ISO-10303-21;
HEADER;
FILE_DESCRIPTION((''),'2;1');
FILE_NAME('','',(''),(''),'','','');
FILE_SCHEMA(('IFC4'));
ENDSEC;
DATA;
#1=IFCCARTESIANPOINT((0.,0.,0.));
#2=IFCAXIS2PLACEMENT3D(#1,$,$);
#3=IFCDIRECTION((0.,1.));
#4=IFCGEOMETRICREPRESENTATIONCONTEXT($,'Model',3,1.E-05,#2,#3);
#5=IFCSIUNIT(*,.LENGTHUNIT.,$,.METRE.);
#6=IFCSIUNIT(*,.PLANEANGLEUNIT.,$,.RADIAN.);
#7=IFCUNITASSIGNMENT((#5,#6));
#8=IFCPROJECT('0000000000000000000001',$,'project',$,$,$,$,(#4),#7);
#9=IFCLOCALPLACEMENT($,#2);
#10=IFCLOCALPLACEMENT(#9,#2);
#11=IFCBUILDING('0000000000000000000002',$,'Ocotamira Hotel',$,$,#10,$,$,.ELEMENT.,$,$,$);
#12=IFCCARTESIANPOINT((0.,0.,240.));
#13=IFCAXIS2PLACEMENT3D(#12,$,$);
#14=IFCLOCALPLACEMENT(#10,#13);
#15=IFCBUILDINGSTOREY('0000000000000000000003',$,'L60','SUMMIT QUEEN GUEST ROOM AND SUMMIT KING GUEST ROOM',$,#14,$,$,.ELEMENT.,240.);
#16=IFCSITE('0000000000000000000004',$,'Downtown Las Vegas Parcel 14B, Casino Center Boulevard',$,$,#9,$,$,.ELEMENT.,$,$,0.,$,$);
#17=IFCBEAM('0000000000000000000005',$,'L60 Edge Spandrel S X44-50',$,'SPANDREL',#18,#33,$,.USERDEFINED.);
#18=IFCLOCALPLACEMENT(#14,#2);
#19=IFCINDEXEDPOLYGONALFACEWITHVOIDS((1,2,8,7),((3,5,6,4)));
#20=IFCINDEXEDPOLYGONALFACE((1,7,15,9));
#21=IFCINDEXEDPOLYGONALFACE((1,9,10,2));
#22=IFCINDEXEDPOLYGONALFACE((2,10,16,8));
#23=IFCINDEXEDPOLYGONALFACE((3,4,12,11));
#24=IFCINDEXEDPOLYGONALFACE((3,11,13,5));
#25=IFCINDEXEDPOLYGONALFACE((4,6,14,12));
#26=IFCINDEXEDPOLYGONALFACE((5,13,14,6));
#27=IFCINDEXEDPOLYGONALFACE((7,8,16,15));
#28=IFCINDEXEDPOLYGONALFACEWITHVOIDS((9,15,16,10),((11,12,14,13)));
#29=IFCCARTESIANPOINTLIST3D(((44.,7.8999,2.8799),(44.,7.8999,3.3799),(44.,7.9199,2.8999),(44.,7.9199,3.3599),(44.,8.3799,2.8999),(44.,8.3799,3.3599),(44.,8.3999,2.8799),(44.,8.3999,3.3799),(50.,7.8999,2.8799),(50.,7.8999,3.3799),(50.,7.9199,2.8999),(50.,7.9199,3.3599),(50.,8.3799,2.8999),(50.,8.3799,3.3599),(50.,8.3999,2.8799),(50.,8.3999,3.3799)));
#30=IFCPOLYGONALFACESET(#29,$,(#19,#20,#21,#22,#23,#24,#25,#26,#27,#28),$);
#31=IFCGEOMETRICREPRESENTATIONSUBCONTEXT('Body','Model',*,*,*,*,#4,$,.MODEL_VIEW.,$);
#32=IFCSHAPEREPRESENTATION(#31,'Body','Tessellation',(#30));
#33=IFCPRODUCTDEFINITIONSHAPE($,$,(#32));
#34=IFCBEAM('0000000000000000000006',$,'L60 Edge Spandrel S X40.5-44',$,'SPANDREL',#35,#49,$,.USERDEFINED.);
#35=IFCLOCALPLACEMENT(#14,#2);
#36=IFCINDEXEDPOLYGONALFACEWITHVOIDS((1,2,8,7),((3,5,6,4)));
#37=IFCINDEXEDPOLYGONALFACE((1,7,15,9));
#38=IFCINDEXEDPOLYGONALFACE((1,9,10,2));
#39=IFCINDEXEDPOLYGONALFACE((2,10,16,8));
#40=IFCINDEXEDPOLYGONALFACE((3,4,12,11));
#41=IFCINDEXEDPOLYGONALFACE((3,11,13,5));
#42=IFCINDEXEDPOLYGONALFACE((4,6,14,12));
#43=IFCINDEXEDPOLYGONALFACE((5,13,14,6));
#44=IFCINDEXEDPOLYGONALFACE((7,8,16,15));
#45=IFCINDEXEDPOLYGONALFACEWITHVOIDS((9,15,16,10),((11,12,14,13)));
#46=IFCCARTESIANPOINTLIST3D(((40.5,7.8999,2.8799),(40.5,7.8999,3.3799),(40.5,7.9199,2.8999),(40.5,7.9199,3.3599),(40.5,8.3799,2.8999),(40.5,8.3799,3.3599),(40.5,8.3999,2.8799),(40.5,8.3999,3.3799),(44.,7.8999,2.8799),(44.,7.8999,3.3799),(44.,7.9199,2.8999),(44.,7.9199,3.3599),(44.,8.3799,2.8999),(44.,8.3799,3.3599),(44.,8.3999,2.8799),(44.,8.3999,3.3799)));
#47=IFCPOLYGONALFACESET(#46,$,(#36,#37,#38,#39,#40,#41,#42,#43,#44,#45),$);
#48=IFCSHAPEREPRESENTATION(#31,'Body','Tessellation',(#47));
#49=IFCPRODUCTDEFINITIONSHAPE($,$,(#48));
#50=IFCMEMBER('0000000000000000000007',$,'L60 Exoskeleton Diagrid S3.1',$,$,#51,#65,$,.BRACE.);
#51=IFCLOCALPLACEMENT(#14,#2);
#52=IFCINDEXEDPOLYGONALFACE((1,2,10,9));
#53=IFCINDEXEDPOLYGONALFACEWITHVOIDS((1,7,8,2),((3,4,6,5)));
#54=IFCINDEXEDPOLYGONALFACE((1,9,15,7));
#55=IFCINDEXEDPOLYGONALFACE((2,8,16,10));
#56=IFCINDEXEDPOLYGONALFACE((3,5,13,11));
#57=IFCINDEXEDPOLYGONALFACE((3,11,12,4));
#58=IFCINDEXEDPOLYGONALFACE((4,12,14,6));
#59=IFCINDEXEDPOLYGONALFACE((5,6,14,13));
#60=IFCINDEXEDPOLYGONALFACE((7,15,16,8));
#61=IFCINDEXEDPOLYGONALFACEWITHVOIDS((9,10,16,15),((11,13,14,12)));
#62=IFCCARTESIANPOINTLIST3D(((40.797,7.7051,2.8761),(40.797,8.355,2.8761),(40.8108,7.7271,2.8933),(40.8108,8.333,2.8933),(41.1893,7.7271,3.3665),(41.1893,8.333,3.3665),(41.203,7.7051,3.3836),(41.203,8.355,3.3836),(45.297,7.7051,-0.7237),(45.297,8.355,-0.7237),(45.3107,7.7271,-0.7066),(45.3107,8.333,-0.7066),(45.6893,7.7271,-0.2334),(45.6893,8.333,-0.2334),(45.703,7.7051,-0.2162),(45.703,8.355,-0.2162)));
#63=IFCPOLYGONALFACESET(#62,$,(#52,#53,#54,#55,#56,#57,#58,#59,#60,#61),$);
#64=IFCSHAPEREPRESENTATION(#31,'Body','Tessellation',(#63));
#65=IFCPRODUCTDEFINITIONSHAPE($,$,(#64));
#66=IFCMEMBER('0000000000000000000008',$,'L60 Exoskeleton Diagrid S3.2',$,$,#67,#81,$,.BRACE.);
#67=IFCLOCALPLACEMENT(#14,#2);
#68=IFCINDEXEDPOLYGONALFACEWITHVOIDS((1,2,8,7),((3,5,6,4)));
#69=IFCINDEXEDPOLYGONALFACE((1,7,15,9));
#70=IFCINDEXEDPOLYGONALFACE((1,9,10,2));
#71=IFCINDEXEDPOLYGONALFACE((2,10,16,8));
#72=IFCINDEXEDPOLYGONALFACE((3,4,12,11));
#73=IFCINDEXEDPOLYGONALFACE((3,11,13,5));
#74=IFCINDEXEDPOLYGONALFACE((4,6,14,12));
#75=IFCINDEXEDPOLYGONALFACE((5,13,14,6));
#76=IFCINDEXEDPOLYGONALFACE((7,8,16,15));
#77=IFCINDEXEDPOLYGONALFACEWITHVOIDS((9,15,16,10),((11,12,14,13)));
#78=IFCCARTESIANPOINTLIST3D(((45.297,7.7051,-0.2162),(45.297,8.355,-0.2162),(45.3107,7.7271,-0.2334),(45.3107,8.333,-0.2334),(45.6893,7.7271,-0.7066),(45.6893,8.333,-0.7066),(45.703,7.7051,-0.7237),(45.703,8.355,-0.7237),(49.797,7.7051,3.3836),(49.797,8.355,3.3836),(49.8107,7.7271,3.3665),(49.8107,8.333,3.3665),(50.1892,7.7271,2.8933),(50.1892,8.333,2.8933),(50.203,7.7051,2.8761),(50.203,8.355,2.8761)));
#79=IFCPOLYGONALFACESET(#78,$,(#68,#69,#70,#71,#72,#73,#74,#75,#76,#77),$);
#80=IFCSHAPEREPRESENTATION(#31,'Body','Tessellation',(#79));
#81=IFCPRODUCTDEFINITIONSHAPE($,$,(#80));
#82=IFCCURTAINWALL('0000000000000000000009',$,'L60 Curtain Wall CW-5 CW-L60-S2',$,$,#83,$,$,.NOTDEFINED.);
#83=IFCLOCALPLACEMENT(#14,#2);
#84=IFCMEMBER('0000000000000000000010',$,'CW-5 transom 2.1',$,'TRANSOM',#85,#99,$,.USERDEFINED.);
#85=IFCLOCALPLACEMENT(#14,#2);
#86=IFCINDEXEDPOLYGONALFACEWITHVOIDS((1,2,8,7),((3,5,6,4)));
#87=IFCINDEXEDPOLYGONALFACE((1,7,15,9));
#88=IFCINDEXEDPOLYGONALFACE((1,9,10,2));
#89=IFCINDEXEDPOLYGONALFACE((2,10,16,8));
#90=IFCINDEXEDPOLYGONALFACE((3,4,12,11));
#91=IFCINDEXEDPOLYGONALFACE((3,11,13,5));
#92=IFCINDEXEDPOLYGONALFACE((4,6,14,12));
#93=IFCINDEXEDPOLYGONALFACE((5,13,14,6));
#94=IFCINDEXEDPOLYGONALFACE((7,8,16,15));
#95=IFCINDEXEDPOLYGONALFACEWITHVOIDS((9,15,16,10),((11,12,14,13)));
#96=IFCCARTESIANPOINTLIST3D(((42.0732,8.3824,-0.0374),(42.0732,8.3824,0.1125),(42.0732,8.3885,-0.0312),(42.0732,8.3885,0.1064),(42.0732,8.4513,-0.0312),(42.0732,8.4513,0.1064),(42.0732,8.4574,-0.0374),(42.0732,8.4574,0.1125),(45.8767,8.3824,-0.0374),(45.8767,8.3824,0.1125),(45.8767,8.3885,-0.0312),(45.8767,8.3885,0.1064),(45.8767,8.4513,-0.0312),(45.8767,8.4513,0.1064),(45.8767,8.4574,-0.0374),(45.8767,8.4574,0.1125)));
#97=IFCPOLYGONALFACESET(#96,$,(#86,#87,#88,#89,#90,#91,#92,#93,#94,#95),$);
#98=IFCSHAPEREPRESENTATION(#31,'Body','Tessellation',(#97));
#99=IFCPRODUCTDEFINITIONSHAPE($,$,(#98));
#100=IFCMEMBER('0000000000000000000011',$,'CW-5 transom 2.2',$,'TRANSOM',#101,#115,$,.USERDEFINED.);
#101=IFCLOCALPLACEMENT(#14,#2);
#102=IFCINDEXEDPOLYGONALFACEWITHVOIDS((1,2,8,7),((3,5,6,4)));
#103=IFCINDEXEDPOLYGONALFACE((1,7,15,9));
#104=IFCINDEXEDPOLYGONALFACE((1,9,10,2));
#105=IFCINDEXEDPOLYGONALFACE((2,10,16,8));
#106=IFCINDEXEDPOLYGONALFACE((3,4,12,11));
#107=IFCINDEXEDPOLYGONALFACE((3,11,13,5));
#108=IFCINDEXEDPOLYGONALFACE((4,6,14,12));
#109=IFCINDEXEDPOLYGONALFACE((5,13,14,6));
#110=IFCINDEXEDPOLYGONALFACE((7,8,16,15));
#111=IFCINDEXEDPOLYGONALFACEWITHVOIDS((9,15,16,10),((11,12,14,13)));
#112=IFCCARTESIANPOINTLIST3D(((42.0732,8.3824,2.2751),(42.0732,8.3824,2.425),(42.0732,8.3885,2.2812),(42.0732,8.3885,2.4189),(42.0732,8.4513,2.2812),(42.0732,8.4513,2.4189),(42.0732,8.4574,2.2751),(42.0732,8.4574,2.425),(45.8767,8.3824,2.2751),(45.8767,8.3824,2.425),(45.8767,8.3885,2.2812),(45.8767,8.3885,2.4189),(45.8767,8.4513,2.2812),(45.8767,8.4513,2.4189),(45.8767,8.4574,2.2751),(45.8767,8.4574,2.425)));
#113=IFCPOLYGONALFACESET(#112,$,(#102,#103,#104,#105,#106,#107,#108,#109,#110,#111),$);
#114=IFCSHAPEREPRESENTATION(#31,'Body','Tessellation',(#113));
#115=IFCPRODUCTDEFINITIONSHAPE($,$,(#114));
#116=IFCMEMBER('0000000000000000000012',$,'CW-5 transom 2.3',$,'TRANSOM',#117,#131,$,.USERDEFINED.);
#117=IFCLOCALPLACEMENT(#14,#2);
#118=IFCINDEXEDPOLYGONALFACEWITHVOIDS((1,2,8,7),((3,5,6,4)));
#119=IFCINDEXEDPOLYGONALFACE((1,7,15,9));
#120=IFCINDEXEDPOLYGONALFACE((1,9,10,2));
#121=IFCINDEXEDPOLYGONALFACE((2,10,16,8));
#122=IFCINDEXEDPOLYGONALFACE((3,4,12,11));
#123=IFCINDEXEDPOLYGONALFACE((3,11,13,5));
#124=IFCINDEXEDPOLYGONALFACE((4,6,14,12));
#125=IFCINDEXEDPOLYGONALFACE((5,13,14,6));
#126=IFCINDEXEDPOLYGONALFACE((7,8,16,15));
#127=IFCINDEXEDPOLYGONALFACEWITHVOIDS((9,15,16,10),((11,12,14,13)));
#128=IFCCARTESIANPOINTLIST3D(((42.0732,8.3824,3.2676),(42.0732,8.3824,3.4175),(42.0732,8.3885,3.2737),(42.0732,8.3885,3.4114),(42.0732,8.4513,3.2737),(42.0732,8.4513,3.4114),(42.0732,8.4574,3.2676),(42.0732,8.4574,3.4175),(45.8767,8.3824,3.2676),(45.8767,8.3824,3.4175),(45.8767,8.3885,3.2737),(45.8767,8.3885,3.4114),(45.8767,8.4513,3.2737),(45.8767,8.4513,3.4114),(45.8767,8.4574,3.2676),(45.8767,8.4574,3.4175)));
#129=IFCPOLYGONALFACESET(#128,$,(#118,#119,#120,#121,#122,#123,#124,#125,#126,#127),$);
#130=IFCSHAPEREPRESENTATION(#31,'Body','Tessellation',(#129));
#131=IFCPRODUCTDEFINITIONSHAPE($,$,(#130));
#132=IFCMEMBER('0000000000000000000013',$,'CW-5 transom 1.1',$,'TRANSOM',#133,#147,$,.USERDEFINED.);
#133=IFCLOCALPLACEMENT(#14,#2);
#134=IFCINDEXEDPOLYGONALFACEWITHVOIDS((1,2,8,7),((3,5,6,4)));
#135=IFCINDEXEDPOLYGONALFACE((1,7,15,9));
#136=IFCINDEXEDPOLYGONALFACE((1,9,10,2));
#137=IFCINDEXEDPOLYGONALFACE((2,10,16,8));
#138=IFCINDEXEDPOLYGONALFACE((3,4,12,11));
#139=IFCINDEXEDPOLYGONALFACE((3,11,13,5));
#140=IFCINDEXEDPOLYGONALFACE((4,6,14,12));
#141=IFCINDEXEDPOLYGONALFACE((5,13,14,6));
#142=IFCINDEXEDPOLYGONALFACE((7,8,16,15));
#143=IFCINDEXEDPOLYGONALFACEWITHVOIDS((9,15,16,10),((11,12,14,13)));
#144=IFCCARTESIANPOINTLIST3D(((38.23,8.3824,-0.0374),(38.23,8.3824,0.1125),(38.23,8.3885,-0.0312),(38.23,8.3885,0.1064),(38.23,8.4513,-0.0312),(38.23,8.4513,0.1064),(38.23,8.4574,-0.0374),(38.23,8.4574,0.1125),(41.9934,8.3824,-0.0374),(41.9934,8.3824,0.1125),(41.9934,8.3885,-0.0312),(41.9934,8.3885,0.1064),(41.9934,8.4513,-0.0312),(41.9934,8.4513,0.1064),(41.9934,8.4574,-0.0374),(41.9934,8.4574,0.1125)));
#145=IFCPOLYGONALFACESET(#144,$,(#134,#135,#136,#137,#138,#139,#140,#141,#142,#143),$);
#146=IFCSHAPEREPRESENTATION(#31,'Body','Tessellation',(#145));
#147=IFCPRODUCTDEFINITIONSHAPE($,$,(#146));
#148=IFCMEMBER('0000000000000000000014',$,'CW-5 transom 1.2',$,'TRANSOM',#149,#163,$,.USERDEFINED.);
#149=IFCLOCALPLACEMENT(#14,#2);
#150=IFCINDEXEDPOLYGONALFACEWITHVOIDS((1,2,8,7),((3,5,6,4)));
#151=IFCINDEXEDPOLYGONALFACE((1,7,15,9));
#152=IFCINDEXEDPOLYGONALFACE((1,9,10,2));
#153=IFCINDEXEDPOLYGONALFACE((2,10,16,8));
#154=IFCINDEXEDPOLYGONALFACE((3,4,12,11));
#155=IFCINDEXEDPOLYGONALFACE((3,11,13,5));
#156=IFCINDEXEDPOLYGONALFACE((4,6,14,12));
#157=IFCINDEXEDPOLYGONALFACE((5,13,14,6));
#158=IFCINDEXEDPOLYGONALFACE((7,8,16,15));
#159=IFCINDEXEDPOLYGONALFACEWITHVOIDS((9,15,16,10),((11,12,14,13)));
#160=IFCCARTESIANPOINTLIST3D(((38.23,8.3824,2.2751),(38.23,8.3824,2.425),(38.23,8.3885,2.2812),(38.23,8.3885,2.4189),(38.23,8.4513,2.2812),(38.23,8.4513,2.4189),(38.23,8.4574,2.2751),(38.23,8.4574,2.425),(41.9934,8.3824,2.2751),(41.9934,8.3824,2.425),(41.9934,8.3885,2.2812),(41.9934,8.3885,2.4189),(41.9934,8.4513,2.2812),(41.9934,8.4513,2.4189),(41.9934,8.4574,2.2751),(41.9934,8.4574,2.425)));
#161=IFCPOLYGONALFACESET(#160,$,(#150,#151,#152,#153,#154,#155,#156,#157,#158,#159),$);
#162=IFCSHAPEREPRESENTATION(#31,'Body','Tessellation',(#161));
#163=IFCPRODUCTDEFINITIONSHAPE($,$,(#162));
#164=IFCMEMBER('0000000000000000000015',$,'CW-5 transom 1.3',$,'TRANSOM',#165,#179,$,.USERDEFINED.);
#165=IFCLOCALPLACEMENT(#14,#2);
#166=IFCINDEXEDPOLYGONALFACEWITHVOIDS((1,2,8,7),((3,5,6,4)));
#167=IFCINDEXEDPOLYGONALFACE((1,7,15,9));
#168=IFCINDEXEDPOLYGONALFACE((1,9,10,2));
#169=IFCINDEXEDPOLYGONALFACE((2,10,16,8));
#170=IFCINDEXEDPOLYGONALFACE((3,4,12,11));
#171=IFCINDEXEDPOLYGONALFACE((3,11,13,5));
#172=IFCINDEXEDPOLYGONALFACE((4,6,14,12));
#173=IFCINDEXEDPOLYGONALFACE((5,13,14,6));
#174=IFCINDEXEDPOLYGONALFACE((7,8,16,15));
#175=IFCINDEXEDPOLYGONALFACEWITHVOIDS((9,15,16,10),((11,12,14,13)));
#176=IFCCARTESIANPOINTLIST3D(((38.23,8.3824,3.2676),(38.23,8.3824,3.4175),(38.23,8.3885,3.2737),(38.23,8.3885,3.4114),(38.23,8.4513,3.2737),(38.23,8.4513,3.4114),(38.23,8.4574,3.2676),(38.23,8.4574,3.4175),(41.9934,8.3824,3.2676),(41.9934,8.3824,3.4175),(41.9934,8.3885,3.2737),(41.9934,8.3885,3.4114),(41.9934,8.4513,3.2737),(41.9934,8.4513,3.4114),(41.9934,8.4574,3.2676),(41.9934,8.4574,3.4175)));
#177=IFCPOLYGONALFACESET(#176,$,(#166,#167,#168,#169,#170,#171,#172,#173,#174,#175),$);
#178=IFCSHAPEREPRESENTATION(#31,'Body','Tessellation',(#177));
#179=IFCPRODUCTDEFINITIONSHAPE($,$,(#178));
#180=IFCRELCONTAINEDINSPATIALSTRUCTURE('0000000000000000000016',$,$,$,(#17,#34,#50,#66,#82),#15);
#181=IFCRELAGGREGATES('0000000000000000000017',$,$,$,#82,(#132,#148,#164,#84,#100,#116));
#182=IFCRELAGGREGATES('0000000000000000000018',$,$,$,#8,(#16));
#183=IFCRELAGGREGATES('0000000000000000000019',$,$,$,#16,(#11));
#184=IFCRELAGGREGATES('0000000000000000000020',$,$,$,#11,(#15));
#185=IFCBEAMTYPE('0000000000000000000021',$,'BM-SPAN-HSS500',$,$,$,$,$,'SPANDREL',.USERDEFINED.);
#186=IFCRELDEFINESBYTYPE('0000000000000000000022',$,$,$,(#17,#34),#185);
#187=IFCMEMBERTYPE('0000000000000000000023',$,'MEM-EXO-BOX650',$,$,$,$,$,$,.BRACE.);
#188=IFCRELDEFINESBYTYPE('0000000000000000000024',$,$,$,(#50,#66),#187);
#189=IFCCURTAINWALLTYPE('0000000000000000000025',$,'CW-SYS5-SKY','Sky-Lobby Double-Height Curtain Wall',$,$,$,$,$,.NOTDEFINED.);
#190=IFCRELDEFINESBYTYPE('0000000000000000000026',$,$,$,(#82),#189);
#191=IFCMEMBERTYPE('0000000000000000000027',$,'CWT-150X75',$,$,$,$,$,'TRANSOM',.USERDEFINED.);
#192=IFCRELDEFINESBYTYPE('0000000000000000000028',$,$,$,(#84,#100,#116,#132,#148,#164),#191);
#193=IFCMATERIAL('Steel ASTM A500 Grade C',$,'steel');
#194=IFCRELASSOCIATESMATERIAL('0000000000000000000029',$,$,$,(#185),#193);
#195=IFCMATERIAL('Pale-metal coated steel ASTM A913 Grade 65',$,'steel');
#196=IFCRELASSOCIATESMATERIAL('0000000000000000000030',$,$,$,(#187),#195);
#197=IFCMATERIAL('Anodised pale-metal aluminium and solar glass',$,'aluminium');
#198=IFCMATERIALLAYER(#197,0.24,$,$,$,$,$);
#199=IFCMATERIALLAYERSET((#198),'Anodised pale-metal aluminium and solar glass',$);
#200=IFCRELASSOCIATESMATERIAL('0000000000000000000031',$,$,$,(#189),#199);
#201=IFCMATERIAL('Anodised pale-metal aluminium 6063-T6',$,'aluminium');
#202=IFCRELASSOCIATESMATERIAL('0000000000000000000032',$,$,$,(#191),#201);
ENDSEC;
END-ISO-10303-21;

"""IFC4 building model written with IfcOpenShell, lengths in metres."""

from ifc_helpers import new_model, si_unit, direction, frame, origin, origin_2d, place, context, subcontext, project, spatial, hollow_rectangle, extrude, source, transform, mapped, material, layer, layer_set, material_profile, profile_set, type_object, element, aggregate, save


model = new_model("IFC4")

# Units and contexts
model_context = context("Model", 3, precision=1e-05, world=origin(), true_north=direction((0.0, 1.0)))
body_context = subcontext(model_context, "Body", "Model", "MODEL_VIEW")
ifc_project = project(units=[si_unit("LENGTHUNIT", "METRE"), si_unit("PLANEANGLEUNIT", "RADIAN")], contexts=[model_context])

# Site, building, storey
site_placement = place(None, origin())
site = spatial("IfcSite", under=ifc_project, at=site_placement, Name="Downtown Las Vegas Parcel 14B, Casino Center Boulevard", CompositionType="ELEMENT", RefElevation=0.0)
building_placement = place(site_placement, origin())
building = spatial("IfcBuilding", under=site, at=building_placement, Name="Ocotamira Hotel", CompositionType="ELEMENT")
storey_placement = place(building_placement, frame((0.0, 0.0, 240.0)))
storey = spatial("IfcBuildingStorey", under=building, at=storey_placement, Name="L60", Description="SUMMIT QUEEN GUEST ROOM AND SUMMIT KING GUEST ROOM", CompositionType="ELEMENT", Elevation=240.0)

# Beams
ifc_material_1 = material(Name="Steel ASTM A500 Grade C", Category="steel")
ifc_material_profile_1 = material_profile(ifc_material_1, hollow_rectangle(XDim=0.5, YDim=0.5, WallThickness=0.02, at=origin_2d()), Name="HSS500X500X20")
ifc_profile_set_1 = profile_set([ifc_material_profile_1], Name="Steel ASTM A500 Grade C")
beam_type = type_object("IfcBeamType", Name="BM-SPAN-HSS500", ElementType="SPANDREL", PredefinedType="USERDEFINED", material=ifc_profile_set_1)
shared_shape_1 = source(origin(), body_context, "Body", "SweptSolid", [
    extrude(hollow_rectangle(XDim=0.5, YDim=0.5, WallThickness=0.02, at=origin_2d()), origin(), (0.0, 0.0, 1.0), 6.0),
])
beam_1_placement = place(storey_placement, frame((44.0, 8.1499, 3.1299), z_axis=(1.0, 0.0, 0.0), x_axis=(0.0, 1.0, 0.0)))
element("IfcBeam", 1, at=beam_1_placement, inside=storey, type_object=beam_type, Name="L60 Edge Spandrel S X44-50", ObjectType="SPANDREL", PredefinedType="USERDEFINED", context=body_context, shape_type="MappedRepresentation", body=[
    mapped(shared_shape_1, transform((0.0, 0.0, 0.0), scale=1.0)),
])
shared_shape_2 = source(origin(), body_context, "Body", "SweptSolid", [
    extrude(hollow_rectangle(XDim=0.5, YDim=0.5, WallThickness=0.02, at=origin_2d()), origin(), (0.0, 0.0, 1.0), 3.5),
])
beam_2_placement = place(storey_placement, frame((40.5, 8.1499, 3.1299), z_axis=(1.0, 0.0, 0.0), x_axis=(0.0, 1.0, 0.0)))
element("IfcBeam", 2, at=beam_2_placement, inside=storey, type_object=beam_type, Name="L60 Edge Spandrel S X40.5-44", ObjectType="SPANDREL", PredefinedType="USERDEFINED", context=body_context, shape_type="MappedRepresentation", body=[
    mapped(shared_shape_2, transform((0.0, 0.0, 0.0), scale=1.0)),
])

# Members
ifc_material_2 = material(Name="Pale-metal coated steel ASTM A913 Grade 65", Category="steel")
ifc_material_profile_2 = material_profile(ifc_material_2, hollow_rectangle(XDim=0.6499, YDim=0.6499, WallThickness=0.022, at=origin_2d()), Name="BOX650X650X22")
ifc_profile_set_2 = profile_set([ifc_material_profile_2], Name="Pale-metal coated steel ASTM A913 Grade 65")
member_type_1 = type_object("IfcMemberType", Name="MEM-EXO-BOX650", PredefinedType="BRACE", material=ifc_profile_set_2)
shared_shape_3 = source(origin(), body_context, "Body", "SweptSolid", [
    extrude(hollow_rectangle(XDim=0.6499, YDim=0.6499, WallThickness=0.022, at=origin_2d()), origin(), (0.0, 0.0, 1.0), 5.7627),
])
for number, where, z_axis, x_axis, name in (
    (3, (45.5, 8.03, -0.47), (-0.780881, 0.0, 0.62468), (0.0, -1.0, 0.0), "L60 Exoskeleton Diagrid S3.1"),
    (4, (45.5, 8.03, -0.47), (0.780881, 0.0, 0.62468), (0.0, 1.0, 0.0), "L60 Exoskeleton Diagrid S3.2"),
):
    element("IfcMember", number, at=place(storey_placement, frame(where, z_axis=z_axis, x_axis=x_axis)), inside=storey, type_object=member_type_1, Name=name, PredefinedType="BRACE", context=body_context, shape_type="MappedRepresentation", body=[
        mapped(shared_shape_3, transform((0.0, 0.0, 0.0), scale=1.0)),
    ])

# Curtain wall, members
ifc_material_3 = material(Name="Anodised pale-metal aluminium and solar glass", Category="aluminium")
ifc_layer_1 = layer(ifc_material_3, 0.24)
ifc_layer_set_1 = layer_set([ifc_layer_1], Name="Anodised pale-metal aluminium and solar glass")
curtain_wall_type = type_object("IfcCurtainWallType", Name="CW-SYS5-SKY", Description="Sky-Lobby Double-Height Curtain Wall", PredefinedType="NOTDEFINED", material=ifc_layer_set_1)
curtain_wall_1_placement = place(storey_placement, origin())
curtain_wall_1 = element("IfcCurtainWall", 5, at=curtain_wall_1_placement, inside=storey, type_object=curtain_wall_type, Name="L60 Curtain Wall CW-5 CW-L60-S2", PredefinedType="NOTDEFINED")
ifc_material_4 = material(Name="Anodised pale-metal aluminium 6063-T6", Category="aluminium")
ifc_material_profile_3 = material_profile(ifc_material_4, hollow_rectangle(XDim=0.075, YDim=0.1499, WallThickness=0.0061, at=origin_2d()), Name="HSS150X75X6")
ifc_profile_set_3 = profile_set([ifc_material_profile_3], Name="Anodised pale-metal aluminium 6063-T6")
member_type_2 = type_object("IfcMemberType", Name="CWT-150X75", ElementType="TRANSOM", PredefinedType="USERDEFINED", material=ifc_profile_set_3)
shared_shape_4 = source(origin(), body_context, "Body", "SweptSolid", [
    extrude(hollow_rectangle(XDim=0.075, YDim=0.1499, WallThickness=0.0061, at=origin_2d()), origin(), (0.0, 0.0, 1.0), 3.8035),
])
member_1_placement = place(storey_placement, frame((42.0732, 8.4199, 0.0376), z_axis=(1.0, 0.0, 0.0), x_axis=(0.0, 1.0, 0.0)))
member_1 = element("IfcMember", 6, at=member_1_placement, type_object=member_type_2, Name="CW-5 transom 2.1", ObjectType="TRANSOM", PredefinedType="USERDEFINED", context=body_context, shape_type="MappedRepresentation", body=[
    mapped(shared_shape_4, transform((0.0, 0.0, 0.0), scale=1.0)),
])
member_2_placement = place(storey_placement, frame((42.0732, 8.4199, 2.3501), z_axis=(1.0, 0.0, 0.0), x_axis=(0.0, 1.0, 0.0)))
member_2 = element("IfcMember", 7, at=member_2_placement, type_object=member_type_2, Name="CW-5 transom 2.2", ObjectType="TRANSOM", PredefinedType="USERDEFINED", context=body_context, shape_type="MappedRepresentation", body=[
    mapped(shared_shape_4, transform((0.0, 0.0, 0.0), scale=1.0)),
])
member_3_placement = place(storey_placement, frame((42.0732, 8.4199, 3.3425), z_axis=(1.0, 0.0, 0.0), x_axis=(0.0, 1.0, 0.0)))
member_3 = element("IfcMember", 8, at=member_3_placement, type_object=member_type_2, Name="CW-5 transom 2.3", ObjectType="TRANSOM", PredefinedType="USERDEFINED", context=body_context, shape_type="MappedRepresentation", body=[
    mapped(shared_shape_4, transform((0.0, 0.0, 0.0), scale=1.0)),
])
shared_shape_5 = source(origin(), body_context, "Body", "SweptSolid", [
    extrude(hollow_rectangle(XDim=0.075, YDim=0.1499, WallThickness=0.0061, at=origin_2d()), origin(), (0.0, 0.0, 1.0), 3.7634),
])
member_4_placement = place(storey_placement, frame((38.23, 8.4199, 0.0376), z_axis=(1.0, 0.0, 0.0), x_axis=(0.0, 1.0, 0.0)))
member_4 = element("IfcMember", 9, at=member_4_placement, type_object=member_type_2, Name="CW-5 transom 1.1", ObjectType="TRANSOM", PredefinedType="USERDEFINED", context=body_context, shape_type="MappedRepresentation", body=[
    mapped(shared_shape_5, transform((0.0, 0.0, 0.0), scale=1.0)),
])
member_5_placement = place(storey_placement, frame((38.23, 8.4199, 2.3501), z_axis=(1.0, 0.0, 0.0), x_axis=(0.0, 1.0, 0.0)))
member_5 = element("IfcMember", 10, at=member_5_placement, type_object=member_type_2, Name="CW-5 transom 1.2", ObjectType="TRANSOM", PredefinedType="USERDEFINED", context=body_context, shape_type="MappedRepresentation", body=[
    mapped(shared_shape_5, transform((0.0, 0.0, 0.0), scale=1.0)),
])
member_6_placement = place(storey_placement, frame((38.23, 8.4199, 3.3425), z_axis=(1.0, 0.0, 0.0), x_axis=(0.0, 1.0, 0.0)))
member_6 = element("IfcMember", 11, at=member_6_placement, type_object=member_type_2, Name="CW-5 transom 1.3", ObjectType="TRANSOM", PredefinedType="USERDEFINED", context=body_context, shape_type="MappedRepresentation", body=[
    mapped(shared_shape_5, transform((0.0, 0.0, 0.0), scale=1.0)),
])

aggregate(curtain_wall_1, [member_4, member_5, member_6, member_1, member_2, member_3])

save(model, "model.ifc")
